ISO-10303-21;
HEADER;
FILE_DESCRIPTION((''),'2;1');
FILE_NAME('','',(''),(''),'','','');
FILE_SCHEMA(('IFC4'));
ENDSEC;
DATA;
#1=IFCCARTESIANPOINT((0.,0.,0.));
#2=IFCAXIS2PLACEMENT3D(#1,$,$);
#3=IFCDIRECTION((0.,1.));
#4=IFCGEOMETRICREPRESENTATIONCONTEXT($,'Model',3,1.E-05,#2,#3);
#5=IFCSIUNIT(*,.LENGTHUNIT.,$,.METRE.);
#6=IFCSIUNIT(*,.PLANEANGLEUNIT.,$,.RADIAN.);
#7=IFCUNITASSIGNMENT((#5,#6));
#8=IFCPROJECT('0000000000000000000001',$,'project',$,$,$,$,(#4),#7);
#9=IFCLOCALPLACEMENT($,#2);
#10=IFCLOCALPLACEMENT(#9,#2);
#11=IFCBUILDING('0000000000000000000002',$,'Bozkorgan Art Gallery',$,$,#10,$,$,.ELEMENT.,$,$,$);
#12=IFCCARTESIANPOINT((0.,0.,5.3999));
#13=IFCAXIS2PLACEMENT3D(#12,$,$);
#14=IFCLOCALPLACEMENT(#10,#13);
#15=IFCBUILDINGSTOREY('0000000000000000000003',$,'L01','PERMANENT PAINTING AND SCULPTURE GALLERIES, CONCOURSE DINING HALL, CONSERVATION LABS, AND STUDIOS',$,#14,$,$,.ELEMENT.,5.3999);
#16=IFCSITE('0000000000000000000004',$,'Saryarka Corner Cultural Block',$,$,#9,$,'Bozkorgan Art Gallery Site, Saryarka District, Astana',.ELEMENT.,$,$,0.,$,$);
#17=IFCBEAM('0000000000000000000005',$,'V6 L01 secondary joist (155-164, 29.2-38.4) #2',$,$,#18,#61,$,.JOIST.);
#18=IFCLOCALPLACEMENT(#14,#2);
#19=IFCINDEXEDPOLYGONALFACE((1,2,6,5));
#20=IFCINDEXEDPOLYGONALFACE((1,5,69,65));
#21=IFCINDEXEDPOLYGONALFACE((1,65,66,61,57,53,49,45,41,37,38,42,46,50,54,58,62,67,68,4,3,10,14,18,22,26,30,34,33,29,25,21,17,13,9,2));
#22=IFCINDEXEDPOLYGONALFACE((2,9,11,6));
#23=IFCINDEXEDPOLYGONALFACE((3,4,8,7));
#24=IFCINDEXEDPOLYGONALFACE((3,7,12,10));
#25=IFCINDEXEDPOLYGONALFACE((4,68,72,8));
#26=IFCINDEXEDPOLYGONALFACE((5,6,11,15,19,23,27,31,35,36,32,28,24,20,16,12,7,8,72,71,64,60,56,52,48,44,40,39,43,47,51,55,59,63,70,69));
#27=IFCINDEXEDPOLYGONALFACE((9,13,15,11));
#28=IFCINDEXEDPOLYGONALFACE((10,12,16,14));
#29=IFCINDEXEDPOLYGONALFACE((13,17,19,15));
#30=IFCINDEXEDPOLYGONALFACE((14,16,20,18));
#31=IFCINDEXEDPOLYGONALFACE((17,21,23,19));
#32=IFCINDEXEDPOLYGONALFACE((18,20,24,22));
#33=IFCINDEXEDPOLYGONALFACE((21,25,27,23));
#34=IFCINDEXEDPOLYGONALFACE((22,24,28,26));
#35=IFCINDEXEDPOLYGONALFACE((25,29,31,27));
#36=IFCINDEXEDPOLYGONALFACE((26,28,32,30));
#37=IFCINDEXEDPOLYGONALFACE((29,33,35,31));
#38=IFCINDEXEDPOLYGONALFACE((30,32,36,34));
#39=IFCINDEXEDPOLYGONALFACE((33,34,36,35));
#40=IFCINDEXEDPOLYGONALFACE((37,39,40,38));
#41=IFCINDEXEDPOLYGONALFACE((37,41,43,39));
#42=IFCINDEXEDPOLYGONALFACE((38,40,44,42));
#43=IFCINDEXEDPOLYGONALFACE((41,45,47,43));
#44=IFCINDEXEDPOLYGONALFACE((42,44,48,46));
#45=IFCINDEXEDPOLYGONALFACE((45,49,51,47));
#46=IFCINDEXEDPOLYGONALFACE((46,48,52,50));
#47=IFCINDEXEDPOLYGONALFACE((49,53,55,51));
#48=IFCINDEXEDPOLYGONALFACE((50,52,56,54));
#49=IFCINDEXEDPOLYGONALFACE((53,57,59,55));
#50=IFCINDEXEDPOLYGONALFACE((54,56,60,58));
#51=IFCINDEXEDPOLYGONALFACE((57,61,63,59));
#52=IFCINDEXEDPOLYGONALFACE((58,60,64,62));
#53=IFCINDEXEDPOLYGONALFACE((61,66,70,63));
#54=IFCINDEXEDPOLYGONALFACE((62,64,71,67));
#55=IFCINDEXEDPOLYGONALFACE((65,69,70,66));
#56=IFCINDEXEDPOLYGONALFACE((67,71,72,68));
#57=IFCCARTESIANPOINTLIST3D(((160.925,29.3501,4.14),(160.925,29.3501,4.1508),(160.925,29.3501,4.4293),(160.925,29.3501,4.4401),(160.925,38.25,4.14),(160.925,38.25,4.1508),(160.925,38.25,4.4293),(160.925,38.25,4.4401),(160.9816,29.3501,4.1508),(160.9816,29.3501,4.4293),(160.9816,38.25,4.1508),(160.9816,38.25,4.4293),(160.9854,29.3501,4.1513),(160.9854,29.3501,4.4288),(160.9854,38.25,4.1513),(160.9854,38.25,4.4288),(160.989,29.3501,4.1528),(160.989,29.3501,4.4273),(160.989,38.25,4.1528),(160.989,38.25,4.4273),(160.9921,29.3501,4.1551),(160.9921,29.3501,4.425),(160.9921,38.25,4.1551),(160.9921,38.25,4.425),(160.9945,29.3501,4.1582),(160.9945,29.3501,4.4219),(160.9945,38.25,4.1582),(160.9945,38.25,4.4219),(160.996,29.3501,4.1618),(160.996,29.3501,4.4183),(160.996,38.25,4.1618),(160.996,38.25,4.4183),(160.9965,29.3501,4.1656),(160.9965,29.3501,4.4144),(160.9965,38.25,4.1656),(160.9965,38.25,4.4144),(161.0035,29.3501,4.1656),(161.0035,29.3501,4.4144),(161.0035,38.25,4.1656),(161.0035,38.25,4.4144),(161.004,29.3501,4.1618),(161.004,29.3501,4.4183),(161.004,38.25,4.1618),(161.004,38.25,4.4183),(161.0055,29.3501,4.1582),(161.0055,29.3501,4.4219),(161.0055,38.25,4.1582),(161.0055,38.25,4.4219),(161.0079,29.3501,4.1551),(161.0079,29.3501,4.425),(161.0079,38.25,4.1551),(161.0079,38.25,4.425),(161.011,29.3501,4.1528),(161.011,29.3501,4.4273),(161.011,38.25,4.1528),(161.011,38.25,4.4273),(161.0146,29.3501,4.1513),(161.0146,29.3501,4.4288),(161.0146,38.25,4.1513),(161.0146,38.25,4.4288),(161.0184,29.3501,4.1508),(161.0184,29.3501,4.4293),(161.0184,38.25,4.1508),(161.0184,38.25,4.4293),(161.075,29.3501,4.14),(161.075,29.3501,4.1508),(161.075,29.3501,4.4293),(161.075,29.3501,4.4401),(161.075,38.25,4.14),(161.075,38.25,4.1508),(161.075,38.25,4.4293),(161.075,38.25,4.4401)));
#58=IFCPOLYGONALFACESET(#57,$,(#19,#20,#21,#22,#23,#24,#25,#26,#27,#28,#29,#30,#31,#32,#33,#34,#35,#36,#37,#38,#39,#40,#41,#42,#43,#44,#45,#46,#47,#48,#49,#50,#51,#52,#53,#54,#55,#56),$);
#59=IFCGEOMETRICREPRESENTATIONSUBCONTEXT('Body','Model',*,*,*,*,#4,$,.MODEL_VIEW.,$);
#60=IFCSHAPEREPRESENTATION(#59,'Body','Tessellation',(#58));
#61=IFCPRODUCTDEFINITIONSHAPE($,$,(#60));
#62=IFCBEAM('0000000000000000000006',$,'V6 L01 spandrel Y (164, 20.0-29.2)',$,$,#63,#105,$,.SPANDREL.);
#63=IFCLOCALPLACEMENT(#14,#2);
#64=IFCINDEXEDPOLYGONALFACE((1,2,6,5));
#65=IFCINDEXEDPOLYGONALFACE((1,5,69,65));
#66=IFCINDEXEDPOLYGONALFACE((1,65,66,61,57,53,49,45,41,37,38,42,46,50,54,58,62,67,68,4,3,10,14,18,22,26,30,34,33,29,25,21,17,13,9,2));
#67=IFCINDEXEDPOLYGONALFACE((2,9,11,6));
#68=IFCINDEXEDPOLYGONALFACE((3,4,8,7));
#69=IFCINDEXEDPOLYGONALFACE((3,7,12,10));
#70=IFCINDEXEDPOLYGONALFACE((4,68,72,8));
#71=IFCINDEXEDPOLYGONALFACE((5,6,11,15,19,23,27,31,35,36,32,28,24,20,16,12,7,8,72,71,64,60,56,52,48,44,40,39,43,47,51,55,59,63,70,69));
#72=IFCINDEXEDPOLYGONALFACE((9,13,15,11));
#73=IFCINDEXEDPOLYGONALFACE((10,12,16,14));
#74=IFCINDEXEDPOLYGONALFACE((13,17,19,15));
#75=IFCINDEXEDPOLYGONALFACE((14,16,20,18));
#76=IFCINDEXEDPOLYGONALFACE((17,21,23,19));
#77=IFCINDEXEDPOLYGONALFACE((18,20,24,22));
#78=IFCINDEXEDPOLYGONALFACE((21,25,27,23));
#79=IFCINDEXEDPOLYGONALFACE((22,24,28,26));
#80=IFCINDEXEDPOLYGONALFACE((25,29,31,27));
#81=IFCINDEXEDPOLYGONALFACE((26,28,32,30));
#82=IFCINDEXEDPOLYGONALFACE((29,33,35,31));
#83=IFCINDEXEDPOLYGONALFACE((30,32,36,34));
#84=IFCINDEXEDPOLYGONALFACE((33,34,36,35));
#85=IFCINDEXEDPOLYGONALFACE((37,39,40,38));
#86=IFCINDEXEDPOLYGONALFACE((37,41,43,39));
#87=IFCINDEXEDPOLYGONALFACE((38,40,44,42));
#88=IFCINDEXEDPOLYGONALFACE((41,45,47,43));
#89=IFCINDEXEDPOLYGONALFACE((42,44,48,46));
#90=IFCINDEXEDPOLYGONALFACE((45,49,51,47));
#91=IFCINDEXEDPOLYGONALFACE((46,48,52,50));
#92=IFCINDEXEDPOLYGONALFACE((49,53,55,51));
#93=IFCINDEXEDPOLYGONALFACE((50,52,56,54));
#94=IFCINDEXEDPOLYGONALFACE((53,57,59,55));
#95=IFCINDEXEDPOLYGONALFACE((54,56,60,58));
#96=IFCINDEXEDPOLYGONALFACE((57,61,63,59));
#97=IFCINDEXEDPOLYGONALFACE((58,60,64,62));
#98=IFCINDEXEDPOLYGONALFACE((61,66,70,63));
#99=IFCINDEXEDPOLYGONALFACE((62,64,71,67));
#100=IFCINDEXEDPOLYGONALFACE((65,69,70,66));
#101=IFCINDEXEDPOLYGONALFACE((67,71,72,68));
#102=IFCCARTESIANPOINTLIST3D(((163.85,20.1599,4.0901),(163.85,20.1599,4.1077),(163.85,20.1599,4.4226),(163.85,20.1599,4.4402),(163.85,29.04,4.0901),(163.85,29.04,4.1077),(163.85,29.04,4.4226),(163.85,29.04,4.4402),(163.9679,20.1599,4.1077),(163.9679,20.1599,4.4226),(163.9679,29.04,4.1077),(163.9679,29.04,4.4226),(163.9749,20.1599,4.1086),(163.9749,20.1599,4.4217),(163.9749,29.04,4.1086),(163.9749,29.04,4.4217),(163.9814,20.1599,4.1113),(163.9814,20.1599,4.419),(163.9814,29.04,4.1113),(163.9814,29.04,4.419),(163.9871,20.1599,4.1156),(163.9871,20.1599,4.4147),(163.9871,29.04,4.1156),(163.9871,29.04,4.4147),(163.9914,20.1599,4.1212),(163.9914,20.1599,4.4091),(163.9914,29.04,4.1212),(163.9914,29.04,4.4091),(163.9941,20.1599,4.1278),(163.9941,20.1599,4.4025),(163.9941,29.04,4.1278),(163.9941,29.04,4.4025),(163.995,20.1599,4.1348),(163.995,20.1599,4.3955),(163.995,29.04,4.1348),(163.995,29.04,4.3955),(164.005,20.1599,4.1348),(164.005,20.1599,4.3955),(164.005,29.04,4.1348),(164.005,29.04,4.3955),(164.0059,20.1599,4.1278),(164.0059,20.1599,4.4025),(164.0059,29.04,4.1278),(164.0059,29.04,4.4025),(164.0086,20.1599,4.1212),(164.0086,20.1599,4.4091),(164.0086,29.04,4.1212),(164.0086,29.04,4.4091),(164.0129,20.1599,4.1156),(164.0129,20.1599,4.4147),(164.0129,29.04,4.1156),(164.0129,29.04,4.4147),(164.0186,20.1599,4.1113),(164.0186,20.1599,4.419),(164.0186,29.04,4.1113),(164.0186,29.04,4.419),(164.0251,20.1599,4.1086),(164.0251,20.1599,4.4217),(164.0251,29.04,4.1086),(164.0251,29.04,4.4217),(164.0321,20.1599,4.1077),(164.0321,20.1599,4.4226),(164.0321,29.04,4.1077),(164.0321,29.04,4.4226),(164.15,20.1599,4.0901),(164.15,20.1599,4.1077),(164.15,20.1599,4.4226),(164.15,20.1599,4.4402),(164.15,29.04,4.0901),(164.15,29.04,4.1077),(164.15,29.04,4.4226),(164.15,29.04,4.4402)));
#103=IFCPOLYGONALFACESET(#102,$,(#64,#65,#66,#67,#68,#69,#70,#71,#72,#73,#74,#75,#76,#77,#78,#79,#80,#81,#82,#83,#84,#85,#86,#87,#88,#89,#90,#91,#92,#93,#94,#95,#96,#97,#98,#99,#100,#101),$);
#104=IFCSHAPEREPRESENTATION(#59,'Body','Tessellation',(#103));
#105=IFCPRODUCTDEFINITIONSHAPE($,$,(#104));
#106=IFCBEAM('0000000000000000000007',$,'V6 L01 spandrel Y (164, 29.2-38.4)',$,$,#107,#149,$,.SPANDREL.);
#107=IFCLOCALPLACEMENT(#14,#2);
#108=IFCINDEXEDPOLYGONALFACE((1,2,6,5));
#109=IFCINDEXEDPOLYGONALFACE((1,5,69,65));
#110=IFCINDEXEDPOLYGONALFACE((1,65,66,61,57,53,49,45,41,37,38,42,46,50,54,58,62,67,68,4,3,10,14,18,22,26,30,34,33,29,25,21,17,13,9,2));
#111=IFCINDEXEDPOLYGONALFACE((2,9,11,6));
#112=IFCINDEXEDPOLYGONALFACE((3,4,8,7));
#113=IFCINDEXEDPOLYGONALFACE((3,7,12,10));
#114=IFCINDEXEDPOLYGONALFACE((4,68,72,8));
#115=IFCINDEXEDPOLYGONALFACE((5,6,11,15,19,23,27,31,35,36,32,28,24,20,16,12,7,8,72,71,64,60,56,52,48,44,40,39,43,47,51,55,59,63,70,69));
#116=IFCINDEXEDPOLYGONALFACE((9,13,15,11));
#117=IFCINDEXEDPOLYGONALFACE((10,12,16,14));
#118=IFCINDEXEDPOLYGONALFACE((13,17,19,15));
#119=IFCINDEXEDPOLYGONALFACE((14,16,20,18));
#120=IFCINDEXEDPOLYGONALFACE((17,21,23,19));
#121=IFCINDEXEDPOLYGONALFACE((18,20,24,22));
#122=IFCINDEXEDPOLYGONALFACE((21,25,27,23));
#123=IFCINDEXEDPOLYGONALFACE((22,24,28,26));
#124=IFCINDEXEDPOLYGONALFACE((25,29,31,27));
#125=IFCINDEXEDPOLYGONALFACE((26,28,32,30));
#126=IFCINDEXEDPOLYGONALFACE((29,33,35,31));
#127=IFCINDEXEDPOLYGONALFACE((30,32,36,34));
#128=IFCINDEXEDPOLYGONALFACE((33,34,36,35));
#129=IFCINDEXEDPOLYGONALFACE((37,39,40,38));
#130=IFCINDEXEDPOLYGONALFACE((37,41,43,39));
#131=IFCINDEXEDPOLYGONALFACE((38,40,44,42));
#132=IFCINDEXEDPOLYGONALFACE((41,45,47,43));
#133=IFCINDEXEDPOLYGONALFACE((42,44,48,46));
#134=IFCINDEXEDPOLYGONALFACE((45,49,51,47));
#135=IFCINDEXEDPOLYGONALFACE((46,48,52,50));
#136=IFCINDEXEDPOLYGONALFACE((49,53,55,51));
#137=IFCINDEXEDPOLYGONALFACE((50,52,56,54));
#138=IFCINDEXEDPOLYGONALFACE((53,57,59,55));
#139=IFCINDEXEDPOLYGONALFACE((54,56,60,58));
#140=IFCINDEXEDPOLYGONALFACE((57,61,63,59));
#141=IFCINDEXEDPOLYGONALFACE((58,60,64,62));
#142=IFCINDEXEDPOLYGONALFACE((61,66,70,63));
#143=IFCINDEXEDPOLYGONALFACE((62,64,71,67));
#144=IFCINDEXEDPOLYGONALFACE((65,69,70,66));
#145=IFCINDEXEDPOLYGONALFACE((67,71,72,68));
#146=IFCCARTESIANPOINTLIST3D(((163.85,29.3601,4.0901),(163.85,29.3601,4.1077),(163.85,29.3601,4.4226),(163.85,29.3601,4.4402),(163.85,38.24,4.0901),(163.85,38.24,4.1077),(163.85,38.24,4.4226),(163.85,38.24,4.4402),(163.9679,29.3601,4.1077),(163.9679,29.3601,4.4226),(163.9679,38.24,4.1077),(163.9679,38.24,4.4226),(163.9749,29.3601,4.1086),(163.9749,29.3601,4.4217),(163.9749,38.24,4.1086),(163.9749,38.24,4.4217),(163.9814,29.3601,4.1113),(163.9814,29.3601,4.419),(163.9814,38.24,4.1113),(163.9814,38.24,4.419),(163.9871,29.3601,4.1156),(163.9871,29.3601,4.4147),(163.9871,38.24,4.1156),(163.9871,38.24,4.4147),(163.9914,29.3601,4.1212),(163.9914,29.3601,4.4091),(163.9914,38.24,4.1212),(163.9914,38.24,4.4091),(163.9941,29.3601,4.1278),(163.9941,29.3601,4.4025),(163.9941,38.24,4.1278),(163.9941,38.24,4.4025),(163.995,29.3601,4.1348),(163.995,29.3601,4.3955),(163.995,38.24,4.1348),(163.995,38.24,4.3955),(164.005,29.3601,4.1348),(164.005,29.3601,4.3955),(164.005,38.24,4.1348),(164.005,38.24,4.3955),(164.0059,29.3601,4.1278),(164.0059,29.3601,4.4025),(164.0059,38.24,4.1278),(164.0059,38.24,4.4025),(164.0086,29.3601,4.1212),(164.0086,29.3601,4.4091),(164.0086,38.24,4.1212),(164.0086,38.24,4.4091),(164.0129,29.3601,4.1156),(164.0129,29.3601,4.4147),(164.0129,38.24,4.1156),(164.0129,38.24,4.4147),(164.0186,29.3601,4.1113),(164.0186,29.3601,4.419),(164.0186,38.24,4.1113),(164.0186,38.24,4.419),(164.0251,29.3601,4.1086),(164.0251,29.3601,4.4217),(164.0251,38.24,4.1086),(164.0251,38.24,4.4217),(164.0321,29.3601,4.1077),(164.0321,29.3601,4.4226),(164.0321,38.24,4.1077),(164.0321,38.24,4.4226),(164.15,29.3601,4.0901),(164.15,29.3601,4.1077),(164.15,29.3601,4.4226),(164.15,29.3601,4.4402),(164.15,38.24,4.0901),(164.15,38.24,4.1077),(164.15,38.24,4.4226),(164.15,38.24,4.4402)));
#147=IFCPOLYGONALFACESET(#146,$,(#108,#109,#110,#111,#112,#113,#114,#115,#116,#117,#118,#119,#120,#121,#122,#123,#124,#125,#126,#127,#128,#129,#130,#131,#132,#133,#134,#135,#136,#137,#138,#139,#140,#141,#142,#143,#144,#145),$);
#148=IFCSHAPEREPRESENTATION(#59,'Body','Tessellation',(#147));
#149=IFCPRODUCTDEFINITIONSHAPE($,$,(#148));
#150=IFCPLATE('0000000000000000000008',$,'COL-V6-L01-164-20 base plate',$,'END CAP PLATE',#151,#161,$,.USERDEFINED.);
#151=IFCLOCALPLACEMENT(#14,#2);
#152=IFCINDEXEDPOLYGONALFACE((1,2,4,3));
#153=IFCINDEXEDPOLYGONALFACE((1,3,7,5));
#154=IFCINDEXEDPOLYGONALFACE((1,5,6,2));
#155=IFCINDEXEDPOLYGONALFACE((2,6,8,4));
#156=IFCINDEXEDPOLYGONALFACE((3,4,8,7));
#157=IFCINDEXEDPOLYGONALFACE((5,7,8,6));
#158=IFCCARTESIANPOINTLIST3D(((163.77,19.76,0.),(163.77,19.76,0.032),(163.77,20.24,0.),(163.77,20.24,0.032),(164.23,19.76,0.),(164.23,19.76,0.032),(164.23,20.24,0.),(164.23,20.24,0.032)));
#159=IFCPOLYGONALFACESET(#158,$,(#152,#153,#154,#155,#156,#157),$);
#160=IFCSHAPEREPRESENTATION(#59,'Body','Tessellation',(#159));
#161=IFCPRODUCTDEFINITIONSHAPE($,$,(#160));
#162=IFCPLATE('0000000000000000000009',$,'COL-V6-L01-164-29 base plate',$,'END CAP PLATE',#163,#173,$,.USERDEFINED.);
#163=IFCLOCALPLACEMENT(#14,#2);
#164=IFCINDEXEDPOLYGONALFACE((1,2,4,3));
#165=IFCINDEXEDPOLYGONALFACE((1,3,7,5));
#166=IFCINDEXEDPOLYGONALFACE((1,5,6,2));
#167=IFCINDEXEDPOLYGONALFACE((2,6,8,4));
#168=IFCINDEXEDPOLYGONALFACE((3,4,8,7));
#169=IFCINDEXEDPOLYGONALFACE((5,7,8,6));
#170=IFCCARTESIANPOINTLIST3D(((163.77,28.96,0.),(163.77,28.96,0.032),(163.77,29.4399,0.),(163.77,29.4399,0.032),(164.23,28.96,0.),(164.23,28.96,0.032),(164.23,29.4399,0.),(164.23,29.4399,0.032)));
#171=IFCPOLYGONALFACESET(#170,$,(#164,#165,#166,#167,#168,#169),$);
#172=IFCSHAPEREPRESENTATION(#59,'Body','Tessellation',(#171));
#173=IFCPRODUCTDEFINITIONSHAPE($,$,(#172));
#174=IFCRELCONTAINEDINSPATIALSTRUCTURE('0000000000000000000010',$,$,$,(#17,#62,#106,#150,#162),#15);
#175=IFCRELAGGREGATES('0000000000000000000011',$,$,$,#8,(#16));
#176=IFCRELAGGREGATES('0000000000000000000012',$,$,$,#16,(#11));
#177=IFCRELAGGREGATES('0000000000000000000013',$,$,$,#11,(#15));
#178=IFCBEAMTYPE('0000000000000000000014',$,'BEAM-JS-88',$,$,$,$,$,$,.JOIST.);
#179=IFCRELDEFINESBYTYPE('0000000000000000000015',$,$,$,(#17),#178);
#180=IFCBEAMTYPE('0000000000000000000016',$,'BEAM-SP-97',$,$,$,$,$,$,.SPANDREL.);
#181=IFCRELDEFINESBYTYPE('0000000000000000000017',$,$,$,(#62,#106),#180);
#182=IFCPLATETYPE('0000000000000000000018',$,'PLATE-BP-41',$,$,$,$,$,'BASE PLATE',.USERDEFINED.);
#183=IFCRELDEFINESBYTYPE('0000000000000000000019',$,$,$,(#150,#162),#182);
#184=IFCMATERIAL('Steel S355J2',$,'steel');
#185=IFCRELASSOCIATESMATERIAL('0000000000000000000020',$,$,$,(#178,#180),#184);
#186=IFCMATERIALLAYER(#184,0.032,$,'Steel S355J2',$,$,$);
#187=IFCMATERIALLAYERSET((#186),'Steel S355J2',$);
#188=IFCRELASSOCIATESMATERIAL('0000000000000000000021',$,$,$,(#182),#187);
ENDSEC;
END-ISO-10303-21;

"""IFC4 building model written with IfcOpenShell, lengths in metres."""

from ifc_helpers import new_model, si_unit, direction, frame, origin, origin_2d, place, context, subcontext, project, spatial, rectangle, i_section, extrude, material, layer, layer_set, material_profile, profile_set, type_object, element, save


model = new_model("IFC4")

# Units and contexts
model_context = context("Model", 3, precision=1e-05, world=origin(), true_north=direction((0.0, 1.0)))
body_context = subcontext(model_context, "Body", "Model", "MODEL_VIEW")
ifc_project = project(units=[si_unit("LENGTHUNIT", "METRE"), si_unit("PLANEANGLEUNIT", "RADIAN")], contexts=[model_context])

# Site, building, storey
site_placement = place(None, origin())
site = spatial("IfcSite", under=ifc_project, at=site_placement, Name="Saryarka Corner Cultural Block", LongName="Bozkorgan Art Gallery Site, Saryarka District, Astana", CompositionType="ELEMENT", RefElevation=0.0)
building_placement = place(site_placement, origin())
building = spatial("IfcBuilding", under=site, at=building_placement, Name="Bozkorgan Art Gallery", CompositionType="ELEMENT")
storey_placement = place(building_placement, frame((0.0, 0.0, 5.3999)))
storey = spatial("IfcBuildingStorey", under=building, at=storey_placement, Name="L01", Description="PERMANENT PAINTING AND SCULPTURE GALLERIES, CONCOURSE DINING HALL, CONSERVATION LABS, AND STUDIOS", CompositionType="ELEMENT", Elevation=5.3999)

# Shared definitions
ifc_material_1 = material(Name="Steel S355J2", Category="steel")

# Beams
ifc_material_profile_1 = material_profile(ifc_material_1, i_section(OverallWidth=0.1499, OverallDepth=0.3, WebThickness=0.0071, FlangeThickness=0.0107, FilletRadius=0.0149, at=origin_2d()), Name="IPE 300")
ifc_profile_set_1 = profile_set([ifc_material_profile_1], Name="Steel S355J2")
beam_type_1 = type_object("IfcBeamType", Name="BEAM-JS-88", PredefinedType="JOIST", material=ifc_profile_set_1)
for number, where, z_axis, x_axis, name in (
    (1, (161.0, 29.3501, 4.29), (0.0, 1.0, 0.0), (-1.0, 0.0, 0.0), "V6 L01 secondary joist (155-164, 29.2-38.4) #2"),
):
    element("IfcBeam", number, at=place(storey_placement, frame(where, z_axis=z_axis, x_axis=x_axis)), inside=storey, type_object=beam_type_1, Name=name, PredefinedType="JOIST", context=body_context, shape_type="SweptSolid", body=[
        extrude(i_section(OverallWidth=0.1499, OverallDepth=0.3, WebThickness=0.0071, FlangeThickness=0.0107, FilletRadius=0.0149, at=origin_2d()), origin(), (0.0, 0.0, 1.0), 8.8999),
    ])
ifc_material_profile_2 = material_profile(ifc_material_1, i_section(OverallWidth=0.3, OverallDepth=0.3501, WebThickness=0.01, FlangeThickness=0.0176, FilletRadius=0.0271, at=origin_2d()), Name="HEA 360")
ifc_profile_set_2 = profile_set([ifc_material_profile_2], Name="Steel S355J2")
beam_type_2 = type_object("IfcBeamType", Name="BEAM-SP-97", PredefinedType="SPANDREL", material=ifc_profile_set_2)
beam_1_placement = place(storey_placement, frame((164.0, 20.1599, 4.2651), z_axis=(0.0, 1.0, 0.0), x_axis=(-1.0, 0.0, 0.0)))
element("IfcBeam", 2, at=beam_1_placement, inside=storey, type_object=beam_type_2, Name="V6 L01 spandrel Y (164, 20.0-29.2)", PredefinedType="SPANDREL", context=body_context, shape_type="SweptSolid", body=[
    extrude(i_section(OverallWidth=0.3, OverallDepth=0.3501, WebThickness=0.01, FlangeThickness=0.0176, FilletRadius=0.0271, at=origin_2d()), origin(), (0.0, 0.0, 1.0), 8.8801),
])
beam_2_placement = place(storey_placement, frame((164.0, 29.3601, 4.2651), z_axis=(0.0, 1.0, 0.0), x_axis=(-1.0, 0.0, 0.0)))
element("IfcBeam", 3, at=beam_2_placement, inside=storey, type_object=beam_type_2, Name="V6 L01 spandrel Y (164, 29.2-38.4)", PredefinedType="SPANDREL", context=body_context, shape_type="SweptSolid", body=[
    extrude(i_section(OverallWidth=0.3, OverallDepth=0.3501, WebThickness=0.01, FlangeThickness=0.0176, FilletRadius=0.0271, at=origin_2d()), origin(), (0.0, 0.0, 1.0), 8.8799),
])

# Plates
ifc_layer_1 = layer(ifc_material_1, 0.032, Name="Steel S355J2")
ifc_layer_set_1 = layer_set([ifc_layer_1], Name="Steel S355J2")
plate_type = type_object("IfcPlateType", Name="PLATE-BP-41", ElementType="BASE PLATE", PredefinedType="USERDEFINED", material=ifc_layer_set_1)
for number, where, z_axis, x_axis, name in (
    (4, (164.0, 20.0, 0.0), (0.0, 0.0, 1.0), (1.0, 0.0, 0.0), "COL-V6-L01-164-20 base plate"),
    (5, (164.0, 29.2, 0.0), (0.0, 0.0, 1.0), (1.0, 0.0, 0.0), "COL-V6-L01-164-29 base plate"),
):
    element("IfcPlate", number, at=place(storey_placement, frame(where, z_axis=z_axis, x_axis=x_axis)), inside=storey, type_object=plate_type, Name=name, ObjectType="END CAP PLATE", PredefinedType="USERDEFINED", context=body_context, shape_type="SweptSolid", body=[
        extrude(rectangle(XDim=0.46, YDim=0.48, at=origin_2d()), origin(), (0.0, 0.0, 1.0), 0.032),
    ])

save(model, "model.ifc")
